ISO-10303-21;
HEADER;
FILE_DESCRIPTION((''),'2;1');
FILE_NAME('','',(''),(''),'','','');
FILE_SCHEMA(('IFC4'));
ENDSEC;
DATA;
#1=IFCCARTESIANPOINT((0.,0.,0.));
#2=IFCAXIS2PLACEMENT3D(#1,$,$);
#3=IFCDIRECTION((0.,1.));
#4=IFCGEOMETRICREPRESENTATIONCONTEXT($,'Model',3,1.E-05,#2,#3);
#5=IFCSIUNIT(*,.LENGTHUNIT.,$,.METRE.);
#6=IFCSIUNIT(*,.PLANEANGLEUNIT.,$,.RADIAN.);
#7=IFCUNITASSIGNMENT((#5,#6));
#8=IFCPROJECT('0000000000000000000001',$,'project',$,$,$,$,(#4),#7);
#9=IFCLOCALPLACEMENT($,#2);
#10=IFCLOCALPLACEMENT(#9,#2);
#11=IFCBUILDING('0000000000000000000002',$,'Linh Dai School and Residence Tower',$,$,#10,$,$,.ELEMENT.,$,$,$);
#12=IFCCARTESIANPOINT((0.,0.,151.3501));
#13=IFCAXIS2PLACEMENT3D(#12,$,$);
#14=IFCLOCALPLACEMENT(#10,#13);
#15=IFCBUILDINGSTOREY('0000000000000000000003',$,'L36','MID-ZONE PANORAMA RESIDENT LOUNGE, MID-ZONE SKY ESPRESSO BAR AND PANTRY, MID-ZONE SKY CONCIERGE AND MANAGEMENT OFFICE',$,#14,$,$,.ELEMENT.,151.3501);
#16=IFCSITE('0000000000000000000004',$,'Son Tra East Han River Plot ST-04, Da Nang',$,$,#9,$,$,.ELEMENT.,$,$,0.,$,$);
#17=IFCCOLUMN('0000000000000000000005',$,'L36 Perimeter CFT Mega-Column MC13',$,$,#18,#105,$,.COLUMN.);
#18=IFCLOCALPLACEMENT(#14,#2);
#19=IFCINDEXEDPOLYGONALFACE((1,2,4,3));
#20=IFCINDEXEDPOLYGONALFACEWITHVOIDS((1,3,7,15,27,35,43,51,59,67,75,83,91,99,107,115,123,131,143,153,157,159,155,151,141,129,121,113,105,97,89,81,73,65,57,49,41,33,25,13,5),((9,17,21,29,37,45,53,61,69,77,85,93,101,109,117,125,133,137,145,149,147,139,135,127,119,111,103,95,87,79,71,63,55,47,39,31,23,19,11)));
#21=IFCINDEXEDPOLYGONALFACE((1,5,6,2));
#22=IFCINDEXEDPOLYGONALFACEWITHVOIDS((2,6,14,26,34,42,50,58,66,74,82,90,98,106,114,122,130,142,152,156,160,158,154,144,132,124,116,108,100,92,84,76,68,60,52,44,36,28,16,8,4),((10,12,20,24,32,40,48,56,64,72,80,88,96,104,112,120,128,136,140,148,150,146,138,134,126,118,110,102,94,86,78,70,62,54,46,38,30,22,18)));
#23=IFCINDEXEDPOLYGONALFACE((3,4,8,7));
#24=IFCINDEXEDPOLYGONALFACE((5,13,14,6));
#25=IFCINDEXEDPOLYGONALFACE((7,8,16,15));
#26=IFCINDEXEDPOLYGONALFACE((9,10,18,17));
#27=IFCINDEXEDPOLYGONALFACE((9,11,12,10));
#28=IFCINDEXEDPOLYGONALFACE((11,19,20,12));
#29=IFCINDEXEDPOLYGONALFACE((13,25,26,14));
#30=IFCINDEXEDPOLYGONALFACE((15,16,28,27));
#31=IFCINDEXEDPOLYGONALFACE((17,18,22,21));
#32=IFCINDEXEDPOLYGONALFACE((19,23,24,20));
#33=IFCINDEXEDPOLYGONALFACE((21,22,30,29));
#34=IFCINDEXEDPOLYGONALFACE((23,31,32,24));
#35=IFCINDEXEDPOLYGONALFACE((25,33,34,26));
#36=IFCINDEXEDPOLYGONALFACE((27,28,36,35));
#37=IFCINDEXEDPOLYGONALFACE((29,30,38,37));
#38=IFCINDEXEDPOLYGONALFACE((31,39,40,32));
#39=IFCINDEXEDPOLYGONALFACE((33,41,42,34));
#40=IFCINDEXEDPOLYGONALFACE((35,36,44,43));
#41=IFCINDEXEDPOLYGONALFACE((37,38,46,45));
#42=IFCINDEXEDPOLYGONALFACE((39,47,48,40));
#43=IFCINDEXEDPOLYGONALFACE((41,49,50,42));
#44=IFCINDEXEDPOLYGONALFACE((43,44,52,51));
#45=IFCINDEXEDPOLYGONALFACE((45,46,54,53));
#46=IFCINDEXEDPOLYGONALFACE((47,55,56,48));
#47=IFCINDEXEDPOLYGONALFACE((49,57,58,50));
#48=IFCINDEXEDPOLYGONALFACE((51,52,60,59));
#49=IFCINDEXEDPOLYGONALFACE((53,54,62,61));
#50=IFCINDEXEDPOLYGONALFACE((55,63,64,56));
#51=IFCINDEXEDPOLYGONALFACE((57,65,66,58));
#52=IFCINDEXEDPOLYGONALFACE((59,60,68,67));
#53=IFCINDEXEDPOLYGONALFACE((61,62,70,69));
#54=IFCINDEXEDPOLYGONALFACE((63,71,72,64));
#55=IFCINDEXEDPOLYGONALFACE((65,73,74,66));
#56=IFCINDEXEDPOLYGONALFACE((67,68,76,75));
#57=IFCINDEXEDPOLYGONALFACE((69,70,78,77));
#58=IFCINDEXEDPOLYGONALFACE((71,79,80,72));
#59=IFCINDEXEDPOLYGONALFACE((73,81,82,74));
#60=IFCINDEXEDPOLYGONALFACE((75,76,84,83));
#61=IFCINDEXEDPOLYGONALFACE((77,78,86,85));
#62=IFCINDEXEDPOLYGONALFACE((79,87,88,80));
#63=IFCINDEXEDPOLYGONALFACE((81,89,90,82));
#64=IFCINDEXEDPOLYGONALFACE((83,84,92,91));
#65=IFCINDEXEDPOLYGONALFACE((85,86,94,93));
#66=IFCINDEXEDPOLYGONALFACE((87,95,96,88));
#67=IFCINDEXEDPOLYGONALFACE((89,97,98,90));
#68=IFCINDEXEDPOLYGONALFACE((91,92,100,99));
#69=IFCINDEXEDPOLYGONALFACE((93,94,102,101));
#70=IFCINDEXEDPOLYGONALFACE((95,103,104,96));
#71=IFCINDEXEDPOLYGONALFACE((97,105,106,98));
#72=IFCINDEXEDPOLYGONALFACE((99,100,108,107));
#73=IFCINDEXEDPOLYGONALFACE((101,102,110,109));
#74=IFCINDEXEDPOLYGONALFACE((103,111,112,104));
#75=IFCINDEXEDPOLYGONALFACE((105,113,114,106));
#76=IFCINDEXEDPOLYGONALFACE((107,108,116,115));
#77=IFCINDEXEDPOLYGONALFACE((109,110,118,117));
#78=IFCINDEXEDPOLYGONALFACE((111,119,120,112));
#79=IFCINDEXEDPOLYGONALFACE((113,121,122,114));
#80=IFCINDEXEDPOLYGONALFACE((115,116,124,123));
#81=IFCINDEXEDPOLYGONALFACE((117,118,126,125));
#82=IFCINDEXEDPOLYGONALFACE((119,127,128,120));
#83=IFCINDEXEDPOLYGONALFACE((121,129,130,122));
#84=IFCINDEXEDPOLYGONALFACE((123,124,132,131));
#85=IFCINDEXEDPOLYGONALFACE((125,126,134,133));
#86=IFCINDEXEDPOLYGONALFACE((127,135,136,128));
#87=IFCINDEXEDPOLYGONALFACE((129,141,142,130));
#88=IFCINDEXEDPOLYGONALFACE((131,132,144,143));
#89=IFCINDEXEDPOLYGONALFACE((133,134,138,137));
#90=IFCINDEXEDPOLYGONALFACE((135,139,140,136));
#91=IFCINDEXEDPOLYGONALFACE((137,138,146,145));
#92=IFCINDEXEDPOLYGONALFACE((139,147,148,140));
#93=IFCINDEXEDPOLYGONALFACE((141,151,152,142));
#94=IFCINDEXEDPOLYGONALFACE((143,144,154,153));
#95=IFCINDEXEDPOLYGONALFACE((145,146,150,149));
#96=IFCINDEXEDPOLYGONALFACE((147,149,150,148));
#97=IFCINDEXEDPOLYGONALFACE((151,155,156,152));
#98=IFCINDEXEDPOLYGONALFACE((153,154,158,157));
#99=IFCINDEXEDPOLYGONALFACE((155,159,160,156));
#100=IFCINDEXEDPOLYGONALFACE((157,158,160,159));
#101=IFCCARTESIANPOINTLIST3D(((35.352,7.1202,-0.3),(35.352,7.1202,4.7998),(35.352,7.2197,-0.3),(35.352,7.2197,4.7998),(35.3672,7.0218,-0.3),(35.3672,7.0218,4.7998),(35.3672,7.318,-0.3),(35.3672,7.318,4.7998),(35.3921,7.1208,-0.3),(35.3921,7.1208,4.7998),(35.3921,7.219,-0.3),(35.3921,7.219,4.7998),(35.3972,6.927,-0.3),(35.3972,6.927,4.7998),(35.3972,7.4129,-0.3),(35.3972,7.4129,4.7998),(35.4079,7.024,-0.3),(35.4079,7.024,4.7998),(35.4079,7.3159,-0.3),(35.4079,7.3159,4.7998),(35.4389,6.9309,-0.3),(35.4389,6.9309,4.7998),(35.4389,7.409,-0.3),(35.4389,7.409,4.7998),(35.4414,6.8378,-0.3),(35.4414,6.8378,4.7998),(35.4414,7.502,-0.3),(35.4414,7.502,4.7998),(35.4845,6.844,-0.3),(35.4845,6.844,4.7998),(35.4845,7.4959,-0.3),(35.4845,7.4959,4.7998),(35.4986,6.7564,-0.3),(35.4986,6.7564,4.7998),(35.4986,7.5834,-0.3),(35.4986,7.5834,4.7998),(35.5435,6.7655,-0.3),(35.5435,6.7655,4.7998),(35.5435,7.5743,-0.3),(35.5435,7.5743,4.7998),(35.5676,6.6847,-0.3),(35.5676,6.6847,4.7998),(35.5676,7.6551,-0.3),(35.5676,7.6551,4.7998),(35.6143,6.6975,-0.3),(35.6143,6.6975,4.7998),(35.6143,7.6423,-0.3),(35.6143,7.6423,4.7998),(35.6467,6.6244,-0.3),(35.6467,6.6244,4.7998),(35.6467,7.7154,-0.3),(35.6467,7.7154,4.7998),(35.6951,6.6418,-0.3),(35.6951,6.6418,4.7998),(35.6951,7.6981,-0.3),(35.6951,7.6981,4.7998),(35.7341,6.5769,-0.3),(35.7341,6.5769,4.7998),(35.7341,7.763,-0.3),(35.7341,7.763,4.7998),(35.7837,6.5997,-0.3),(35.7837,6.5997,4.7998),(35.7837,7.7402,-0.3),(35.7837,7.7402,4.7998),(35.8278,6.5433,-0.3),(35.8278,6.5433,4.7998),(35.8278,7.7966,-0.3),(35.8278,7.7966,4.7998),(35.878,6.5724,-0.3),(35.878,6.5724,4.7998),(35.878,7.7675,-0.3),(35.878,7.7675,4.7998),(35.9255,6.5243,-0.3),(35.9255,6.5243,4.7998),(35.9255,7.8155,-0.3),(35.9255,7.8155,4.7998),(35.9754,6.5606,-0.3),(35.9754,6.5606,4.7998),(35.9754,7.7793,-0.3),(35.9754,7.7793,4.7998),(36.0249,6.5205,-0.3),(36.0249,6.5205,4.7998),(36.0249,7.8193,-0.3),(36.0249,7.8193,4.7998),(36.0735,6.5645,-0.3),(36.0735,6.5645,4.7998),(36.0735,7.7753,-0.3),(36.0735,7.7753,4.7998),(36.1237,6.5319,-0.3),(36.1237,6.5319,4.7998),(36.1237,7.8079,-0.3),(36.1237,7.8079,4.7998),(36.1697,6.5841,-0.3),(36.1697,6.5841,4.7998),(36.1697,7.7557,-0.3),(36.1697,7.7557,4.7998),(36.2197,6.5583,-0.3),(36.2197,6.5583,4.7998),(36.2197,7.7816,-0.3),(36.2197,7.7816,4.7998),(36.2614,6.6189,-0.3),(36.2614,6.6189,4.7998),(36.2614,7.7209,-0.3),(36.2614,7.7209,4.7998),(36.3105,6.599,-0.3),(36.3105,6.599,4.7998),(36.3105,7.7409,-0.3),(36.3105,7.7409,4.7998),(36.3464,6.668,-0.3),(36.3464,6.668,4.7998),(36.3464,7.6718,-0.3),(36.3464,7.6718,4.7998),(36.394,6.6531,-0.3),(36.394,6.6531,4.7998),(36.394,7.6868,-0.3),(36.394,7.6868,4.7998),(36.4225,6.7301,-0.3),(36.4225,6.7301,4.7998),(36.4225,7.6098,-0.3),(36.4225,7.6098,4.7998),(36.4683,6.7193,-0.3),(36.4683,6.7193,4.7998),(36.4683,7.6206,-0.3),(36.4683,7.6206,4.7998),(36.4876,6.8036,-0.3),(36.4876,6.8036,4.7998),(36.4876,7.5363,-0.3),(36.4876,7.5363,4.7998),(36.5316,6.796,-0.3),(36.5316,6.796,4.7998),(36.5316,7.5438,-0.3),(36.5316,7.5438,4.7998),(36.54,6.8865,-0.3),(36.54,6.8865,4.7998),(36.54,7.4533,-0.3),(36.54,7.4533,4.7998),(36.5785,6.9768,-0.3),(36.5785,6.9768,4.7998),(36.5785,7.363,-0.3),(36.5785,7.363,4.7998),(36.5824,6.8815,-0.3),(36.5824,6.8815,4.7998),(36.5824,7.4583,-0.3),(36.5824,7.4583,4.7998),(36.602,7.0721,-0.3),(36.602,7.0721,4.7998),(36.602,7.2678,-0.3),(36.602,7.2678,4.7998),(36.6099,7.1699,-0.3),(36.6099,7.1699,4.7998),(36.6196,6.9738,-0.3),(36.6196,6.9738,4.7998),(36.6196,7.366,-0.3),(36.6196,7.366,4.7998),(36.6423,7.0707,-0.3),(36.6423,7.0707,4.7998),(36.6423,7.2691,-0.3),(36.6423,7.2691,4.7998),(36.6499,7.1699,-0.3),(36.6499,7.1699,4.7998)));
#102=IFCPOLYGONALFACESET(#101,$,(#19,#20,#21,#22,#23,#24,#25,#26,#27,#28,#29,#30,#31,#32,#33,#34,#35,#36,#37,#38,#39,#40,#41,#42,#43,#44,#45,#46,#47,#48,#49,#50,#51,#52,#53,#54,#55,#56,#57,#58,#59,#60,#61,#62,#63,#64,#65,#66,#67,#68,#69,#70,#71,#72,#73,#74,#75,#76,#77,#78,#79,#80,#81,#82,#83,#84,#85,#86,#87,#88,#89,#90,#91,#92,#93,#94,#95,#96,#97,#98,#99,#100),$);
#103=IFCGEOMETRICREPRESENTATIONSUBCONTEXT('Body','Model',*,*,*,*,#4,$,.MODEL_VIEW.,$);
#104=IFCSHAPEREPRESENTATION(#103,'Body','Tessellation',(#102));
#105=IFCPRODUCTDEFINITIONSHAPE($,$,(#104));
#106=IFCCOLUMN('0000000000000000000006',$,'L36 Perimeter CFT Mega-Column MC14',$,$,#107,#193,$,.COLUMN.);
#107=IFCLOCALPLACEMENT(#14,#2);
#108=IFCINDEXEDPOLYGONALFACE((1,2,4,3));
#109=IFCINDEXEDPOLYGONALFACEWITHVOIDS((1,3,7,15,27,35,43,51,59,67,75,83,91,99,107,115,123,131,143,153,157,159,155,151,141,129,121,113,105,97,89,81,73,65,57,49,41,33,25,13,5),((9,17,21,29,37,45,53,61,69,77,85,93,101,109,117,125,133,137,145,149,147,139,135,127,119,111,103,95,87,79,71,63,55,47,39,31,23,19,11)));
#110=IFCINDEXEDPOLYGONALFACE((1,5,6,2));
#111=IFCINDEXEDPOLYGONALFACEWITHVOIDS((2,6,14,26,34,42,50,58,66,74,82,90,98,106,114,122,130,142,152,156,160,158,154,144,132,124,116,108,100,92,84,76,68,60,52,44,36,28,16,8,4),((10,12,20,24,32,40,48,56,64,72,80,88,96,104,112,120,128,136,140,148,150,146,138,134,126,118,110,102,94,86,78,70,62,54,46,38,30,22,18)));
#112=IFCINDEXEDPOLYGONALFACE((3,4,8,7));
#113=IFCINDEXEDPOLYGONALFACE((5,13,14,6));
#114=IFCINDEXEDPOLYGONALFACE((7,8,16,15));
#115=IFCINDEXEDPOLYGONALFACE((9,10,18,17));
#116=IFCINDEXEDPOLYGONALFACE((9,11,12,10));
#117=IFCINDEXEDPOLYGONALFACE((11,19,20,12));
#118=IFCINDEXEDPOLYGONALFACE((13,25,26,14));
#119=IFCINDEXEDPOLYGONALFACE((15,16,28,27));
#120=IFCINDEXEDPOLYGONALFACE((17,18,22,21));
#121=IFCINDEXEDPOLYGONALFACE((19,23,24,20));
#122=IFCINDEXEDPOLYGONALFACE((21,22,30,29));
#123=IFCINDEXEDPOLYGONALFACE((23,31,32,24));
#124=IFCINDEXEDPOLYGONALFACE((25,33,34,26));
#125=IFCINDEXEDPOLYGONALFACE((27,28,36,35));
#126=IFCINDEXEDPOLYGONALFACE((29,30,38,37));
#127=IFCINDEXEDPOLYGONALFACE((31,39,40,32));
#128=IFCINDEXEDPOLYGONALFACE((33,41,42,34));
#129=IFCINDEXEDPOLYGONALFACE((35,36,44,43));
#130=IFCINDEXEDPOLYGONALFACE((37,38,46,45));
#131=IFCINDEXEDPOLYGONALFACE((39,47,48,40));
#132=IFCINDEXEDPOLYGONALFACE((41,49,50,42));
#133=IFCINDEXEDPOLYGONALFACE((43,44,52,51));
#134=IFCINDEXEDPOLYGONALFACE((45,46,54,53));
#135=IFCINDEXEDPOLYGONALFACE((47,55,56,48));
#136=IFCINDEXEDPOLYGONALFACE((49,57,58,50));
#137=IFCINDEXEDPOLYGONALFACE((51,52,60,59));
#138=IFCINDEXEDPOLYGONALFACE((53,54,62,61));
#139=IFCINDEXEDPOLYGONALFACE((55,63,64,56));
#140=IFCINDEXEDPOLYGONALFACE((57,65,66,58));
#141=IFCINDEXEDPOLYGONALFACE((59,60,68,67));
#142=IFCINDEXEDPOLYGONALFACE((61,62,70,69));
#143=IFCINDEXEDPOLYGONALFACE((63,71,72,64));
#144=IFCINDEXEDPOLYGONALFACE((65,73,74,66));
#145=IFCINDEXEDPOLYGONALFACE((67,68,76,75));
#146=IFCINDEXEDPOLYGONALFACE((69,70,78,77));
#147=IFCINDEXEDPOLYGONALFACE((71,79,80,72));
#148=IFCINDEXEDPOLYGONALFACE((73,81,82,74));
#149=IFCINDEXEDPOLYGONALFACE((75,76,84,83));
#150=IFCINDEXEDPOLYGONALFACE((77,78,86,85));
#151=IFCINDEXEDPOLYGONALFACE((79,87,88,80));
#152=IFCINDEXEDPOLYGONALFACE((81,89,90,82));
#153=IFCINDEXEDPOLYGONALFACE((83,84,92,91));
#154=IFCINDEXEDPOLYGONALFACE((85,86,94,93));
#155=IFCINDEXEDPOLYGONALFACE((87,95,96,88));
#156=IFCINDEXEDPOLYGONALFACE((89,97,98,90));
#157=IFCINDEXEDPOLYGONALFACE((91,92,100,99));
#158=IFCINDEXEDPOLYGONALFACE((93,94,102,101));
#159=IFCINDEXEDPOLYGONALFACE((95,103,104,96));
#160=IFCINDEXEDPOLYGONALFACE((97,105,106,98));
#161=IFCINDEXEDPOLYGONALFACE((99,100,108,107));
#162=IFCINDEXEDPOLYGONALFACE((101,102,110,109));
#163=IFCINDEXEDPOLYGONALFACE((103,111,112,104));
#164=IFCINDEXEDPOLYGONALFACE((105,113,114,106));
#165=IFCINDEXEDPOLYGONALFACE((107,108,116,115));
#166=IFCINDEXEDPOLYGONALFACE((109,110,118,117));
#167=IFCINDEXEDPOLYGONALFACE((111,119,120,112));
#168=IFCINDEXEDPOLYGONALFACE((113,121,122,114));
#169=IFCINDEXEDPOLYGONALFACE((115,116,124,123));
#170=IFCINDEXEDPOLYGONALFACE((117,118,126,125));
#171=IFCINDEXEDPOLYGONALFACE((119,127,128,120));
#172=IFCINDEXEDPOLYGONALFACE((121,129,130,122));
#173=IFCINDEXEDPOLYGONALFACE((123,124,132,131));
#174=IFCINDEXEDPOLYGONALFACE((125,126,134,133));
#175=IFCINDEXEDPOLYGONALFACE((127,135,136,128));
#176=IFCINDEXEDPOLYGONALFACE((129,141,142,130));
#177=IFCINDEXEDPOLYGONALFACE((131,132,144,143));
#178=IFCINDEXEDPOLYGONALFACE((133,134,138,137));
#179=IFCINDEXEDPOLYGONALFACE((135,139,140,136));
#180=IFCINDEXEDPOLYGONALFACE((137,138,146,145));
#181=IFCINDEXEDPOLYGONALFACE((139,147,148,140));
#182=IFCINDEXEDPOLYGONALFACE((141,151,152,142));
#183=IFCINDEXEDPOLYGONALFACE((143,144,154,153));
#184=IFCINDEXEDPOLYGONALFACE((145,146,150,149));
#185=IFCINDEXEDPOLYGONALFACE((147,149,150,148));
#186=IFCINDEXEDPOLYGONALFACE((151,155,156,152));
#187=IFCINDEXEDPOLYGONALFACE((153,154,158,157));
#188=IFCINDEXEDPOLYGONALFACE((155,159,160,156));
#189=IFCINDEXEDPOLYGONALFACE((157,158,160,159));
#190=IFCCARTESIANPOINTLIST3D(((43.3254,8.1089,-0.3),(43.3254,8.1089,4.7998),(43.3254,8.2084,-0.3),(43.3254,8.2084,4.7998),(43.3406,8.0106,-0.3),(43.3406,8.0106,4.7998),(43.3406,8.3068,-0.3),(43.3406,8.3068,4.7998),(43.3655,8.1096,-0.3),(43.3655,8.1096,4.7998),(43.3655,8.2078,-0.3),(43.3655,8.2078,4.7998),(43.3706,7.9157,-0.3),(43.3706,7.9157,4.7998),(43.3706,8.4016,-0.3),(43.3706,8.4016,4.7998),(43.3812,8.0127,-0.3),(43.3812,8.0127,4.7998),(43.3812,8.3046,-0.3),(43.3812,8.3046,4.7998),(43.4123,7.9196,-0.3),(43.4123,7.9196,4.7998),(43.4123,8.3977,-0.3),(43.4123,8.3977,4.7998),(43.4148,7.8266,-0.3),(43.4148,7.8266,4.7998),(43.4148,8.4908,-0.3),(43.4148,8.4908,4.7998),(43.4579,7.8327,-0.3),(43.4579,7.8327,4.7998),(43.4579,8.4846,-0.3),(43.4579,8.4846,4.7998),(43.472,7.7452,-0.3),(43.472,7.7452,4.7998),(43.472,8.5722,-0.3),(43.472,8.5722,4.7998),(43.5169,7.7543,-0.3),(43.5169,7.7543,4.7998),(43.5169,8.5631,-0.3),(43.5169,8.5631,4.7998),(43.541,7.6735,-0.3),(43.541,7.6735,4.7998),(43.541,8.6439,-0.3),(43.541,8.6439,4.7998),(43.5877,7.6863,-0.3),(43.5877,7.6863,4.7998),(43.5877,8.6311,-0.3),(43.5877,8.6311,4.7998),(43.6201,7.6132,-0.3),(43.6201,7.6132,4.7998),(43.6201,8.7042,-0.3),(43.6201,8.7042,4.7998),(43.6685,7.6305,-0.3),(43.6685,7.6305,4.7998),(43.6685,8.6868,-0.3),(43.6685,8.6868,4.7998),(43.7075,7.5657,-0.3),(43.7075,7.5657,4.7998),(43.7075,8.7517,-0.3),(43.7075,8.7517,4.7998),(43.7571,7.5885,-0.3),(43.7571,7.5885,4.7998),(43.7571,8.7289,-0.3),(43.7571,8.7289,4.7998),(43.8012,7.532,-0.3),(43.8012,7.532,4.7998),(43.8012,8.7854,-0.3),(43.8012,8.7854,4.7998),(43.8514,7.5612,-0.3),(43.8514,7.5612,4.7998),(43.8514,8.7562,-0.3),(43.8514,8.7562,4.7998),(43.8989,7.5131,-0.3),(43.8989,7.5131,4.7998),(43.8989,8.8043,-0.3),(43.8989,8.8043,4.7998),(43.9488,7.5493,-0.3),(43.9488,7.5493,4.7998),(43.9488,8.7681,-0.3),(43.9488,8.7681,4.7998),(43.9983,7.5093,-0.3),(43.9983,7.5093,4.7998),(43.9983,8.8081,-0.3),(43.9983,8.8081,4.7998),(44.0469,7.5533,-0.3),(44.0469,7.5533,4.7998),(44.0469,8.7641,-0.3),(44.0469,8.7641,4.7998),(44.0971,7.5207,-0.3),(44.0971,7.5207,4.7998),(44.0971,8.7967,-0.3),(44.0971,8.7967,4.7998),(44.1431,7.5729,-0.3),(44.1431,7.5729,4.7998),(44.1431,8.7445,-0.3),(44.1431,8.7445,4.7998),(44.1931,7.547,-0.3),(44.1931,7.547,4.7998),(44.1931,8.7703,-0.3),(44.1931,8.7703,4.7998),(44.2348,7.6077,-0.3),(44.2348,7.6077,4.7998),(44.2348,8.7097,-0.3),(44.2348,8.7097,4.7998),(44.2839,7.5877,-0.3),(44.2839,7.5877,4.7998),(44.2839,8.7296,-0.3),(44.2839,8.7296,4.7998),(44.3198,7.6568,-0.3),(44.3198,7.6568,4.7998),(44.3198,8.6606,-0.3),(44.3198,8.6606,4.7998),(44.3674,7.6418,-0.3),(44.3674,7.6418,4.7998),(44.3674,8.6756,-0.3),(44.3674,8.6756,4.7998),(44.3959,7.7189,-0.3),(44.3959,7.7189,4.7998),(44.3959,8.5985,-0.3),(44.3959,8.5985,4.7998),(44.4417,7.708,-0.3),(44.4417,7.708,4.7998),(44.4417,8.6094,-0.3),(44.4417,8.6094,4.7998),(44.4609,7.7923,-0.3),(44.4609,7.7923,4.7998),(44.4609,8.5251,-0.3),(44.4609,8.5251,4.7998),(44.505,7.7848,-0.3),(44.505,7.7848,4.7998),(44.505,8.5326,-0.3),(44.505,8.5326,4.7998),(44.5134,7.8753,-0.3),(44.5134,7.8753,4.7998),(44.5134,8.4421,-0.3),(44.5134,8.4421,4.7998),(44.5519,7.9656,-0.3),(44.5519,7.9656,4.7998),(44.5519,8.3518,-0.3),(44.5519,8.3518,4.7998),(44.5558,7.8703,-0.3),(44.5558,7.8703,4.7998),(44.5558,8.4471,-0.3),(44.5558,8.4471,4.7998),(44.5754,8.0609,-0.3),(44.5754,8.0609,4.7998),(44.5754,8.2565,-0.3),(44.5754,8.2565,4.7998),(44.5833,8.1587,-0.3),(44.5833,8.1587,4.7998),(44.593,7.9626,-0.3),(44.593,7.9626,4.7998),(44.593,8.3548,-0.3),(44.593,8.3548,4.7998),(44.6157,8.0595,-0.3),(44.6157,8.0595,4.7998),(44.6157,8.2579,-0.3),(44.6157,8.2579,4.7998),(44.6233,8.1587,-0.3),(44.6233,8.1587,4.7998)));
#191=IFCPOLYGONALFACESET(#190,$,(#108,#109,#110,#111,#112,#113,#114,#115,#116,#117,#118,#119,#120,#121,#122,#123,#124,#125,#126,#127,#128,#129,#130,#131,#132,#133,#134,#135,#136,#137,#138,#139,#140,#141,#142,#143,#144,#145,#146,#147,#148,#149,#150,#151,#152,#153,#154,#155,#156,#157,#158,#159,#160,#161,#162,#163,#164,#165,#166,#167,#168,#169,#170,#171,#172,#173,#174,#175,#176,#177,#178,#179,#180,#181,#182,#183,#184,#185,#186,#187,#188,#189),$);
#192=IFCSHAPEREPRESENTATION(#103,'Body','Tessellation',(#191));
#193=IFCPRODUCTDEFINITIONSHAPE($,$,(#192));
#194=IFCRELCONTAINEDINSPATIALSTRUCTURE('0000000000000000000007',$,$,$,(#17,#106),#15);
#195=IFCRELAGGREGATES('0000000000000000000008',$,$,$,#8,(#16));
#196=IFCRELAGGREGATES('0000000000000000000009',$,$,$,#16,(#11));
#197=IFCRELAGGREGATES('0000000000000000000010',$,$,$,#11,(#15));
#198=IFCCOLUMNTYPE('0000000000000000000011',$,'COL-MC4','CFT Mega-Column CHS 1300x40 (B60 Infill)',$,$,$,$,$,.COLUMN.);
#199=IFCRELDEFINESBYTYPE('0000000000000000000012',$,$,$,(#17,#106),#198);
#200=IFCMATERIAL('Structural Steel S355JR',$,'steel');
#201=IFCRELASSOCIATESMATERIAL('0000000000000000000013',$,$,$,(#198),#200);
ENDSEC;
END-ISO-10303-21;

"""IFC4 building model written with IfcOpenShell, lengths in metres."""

from ifc_helpers import new_model, si_unit, direction, frame, origin, origin_2d, place, context, subcontext, project, spatial, hollow_circle, extrude, material, material_profile, profile_set, type_object, element, save


model = new_model("IFC4")

# Units and contexts
model_context = context("Model", 3, precision=1e-05, world=origin(), true_north=direction((0.0, 1.0)))
body_context = subcontext(model_context, "Body", "Model", "MODEL_VIEW")
ifc_project = project(units=[si_unit("LENGTHUNIT", "METRE"), si_unit("PLANEANGLEUNIT", "RADIAN")], contexts=[model_context])

# Site, building, storey
site_placement = place(None, origin())
site = spatial("IfcSite", under=ifc_project, at=site_placement, Name="Son Tra East Han River Plot ST-04, Da Nang", CompositionType="ELEMENT", RefElevation=0.0)
building_placement = place(site_placement, origin())
building = spatial("IfcBuilding", under=site, at=building_placement, Name="Linh Dai School and Residence Tower", CompositionType="ELEMENT")
storey_placement = place(building_placement, frame((0.0, 0.0, 151.3501)))
storey = spatial("IfcBuildingStorey", under=building, at=storey_placement, Name="L36", Description="MID-ZONE PANORAMA RESIDENT LOUNGE, MID-ZONE SKY ESPRESSO BAR AND PANTRY, MID-ZONE SKY CONCIERGE AND MANAGEMENT OFFICE", CompositionType="ELEMENT", Elevation=151.3501)

# Columns
ifc_material_1 = material(Name="Structural Steel S355JR", Category="steel")
ifc_material_profile_1 = material_profile(ifc_material_1, hollow_circle(Radius=0.6499, WallThickness=0.04, at=origin_2d()), Name="CHS 1300x40")
ifc_profile_set_1 = profile_set([ifc_material_profile_1], Name="Structural Steel S355JR")
column_type = type_object("IfcColumnType", Name="COL-MC4", Description="CFT Mega-Column CHS 1300x40 (B60 Infill)", PredefinedType="COLUMN", material=ifc_profile_set_1)
for number, where, z_axis, x_axis, name in (
    (1, (36.0, 7.1699, -0.3), (0.0, 0.0, 1.0), (1.0, 0.0, 0.0), "L36 Perimeter CFT Mega-Column MC13"),
    (2, (43.9734, 8.1587, -0.3), (0.0, 0.0, 1.0), (1.0, 0.0, 0.0), "L36 Perimeter CFT Mega-Column MC14"),
):
    element("IfcColumn", number, at=place(storey_placement, frame(where, z_axis=z_axis, x_axis=x_axis)), inside=storey, type_object=column_type, Name=name, PredefinedType="COLUMN", context=body_context, shape_type="SweptSolid", body=[
        extrude(hollow_circle(Radius=0.6499, WallThickness=0.04, at=origin_2d()), origin(), (0.0, 0.0, 1.0), 5.0999),
    ])

save(model, "model.ifc")
